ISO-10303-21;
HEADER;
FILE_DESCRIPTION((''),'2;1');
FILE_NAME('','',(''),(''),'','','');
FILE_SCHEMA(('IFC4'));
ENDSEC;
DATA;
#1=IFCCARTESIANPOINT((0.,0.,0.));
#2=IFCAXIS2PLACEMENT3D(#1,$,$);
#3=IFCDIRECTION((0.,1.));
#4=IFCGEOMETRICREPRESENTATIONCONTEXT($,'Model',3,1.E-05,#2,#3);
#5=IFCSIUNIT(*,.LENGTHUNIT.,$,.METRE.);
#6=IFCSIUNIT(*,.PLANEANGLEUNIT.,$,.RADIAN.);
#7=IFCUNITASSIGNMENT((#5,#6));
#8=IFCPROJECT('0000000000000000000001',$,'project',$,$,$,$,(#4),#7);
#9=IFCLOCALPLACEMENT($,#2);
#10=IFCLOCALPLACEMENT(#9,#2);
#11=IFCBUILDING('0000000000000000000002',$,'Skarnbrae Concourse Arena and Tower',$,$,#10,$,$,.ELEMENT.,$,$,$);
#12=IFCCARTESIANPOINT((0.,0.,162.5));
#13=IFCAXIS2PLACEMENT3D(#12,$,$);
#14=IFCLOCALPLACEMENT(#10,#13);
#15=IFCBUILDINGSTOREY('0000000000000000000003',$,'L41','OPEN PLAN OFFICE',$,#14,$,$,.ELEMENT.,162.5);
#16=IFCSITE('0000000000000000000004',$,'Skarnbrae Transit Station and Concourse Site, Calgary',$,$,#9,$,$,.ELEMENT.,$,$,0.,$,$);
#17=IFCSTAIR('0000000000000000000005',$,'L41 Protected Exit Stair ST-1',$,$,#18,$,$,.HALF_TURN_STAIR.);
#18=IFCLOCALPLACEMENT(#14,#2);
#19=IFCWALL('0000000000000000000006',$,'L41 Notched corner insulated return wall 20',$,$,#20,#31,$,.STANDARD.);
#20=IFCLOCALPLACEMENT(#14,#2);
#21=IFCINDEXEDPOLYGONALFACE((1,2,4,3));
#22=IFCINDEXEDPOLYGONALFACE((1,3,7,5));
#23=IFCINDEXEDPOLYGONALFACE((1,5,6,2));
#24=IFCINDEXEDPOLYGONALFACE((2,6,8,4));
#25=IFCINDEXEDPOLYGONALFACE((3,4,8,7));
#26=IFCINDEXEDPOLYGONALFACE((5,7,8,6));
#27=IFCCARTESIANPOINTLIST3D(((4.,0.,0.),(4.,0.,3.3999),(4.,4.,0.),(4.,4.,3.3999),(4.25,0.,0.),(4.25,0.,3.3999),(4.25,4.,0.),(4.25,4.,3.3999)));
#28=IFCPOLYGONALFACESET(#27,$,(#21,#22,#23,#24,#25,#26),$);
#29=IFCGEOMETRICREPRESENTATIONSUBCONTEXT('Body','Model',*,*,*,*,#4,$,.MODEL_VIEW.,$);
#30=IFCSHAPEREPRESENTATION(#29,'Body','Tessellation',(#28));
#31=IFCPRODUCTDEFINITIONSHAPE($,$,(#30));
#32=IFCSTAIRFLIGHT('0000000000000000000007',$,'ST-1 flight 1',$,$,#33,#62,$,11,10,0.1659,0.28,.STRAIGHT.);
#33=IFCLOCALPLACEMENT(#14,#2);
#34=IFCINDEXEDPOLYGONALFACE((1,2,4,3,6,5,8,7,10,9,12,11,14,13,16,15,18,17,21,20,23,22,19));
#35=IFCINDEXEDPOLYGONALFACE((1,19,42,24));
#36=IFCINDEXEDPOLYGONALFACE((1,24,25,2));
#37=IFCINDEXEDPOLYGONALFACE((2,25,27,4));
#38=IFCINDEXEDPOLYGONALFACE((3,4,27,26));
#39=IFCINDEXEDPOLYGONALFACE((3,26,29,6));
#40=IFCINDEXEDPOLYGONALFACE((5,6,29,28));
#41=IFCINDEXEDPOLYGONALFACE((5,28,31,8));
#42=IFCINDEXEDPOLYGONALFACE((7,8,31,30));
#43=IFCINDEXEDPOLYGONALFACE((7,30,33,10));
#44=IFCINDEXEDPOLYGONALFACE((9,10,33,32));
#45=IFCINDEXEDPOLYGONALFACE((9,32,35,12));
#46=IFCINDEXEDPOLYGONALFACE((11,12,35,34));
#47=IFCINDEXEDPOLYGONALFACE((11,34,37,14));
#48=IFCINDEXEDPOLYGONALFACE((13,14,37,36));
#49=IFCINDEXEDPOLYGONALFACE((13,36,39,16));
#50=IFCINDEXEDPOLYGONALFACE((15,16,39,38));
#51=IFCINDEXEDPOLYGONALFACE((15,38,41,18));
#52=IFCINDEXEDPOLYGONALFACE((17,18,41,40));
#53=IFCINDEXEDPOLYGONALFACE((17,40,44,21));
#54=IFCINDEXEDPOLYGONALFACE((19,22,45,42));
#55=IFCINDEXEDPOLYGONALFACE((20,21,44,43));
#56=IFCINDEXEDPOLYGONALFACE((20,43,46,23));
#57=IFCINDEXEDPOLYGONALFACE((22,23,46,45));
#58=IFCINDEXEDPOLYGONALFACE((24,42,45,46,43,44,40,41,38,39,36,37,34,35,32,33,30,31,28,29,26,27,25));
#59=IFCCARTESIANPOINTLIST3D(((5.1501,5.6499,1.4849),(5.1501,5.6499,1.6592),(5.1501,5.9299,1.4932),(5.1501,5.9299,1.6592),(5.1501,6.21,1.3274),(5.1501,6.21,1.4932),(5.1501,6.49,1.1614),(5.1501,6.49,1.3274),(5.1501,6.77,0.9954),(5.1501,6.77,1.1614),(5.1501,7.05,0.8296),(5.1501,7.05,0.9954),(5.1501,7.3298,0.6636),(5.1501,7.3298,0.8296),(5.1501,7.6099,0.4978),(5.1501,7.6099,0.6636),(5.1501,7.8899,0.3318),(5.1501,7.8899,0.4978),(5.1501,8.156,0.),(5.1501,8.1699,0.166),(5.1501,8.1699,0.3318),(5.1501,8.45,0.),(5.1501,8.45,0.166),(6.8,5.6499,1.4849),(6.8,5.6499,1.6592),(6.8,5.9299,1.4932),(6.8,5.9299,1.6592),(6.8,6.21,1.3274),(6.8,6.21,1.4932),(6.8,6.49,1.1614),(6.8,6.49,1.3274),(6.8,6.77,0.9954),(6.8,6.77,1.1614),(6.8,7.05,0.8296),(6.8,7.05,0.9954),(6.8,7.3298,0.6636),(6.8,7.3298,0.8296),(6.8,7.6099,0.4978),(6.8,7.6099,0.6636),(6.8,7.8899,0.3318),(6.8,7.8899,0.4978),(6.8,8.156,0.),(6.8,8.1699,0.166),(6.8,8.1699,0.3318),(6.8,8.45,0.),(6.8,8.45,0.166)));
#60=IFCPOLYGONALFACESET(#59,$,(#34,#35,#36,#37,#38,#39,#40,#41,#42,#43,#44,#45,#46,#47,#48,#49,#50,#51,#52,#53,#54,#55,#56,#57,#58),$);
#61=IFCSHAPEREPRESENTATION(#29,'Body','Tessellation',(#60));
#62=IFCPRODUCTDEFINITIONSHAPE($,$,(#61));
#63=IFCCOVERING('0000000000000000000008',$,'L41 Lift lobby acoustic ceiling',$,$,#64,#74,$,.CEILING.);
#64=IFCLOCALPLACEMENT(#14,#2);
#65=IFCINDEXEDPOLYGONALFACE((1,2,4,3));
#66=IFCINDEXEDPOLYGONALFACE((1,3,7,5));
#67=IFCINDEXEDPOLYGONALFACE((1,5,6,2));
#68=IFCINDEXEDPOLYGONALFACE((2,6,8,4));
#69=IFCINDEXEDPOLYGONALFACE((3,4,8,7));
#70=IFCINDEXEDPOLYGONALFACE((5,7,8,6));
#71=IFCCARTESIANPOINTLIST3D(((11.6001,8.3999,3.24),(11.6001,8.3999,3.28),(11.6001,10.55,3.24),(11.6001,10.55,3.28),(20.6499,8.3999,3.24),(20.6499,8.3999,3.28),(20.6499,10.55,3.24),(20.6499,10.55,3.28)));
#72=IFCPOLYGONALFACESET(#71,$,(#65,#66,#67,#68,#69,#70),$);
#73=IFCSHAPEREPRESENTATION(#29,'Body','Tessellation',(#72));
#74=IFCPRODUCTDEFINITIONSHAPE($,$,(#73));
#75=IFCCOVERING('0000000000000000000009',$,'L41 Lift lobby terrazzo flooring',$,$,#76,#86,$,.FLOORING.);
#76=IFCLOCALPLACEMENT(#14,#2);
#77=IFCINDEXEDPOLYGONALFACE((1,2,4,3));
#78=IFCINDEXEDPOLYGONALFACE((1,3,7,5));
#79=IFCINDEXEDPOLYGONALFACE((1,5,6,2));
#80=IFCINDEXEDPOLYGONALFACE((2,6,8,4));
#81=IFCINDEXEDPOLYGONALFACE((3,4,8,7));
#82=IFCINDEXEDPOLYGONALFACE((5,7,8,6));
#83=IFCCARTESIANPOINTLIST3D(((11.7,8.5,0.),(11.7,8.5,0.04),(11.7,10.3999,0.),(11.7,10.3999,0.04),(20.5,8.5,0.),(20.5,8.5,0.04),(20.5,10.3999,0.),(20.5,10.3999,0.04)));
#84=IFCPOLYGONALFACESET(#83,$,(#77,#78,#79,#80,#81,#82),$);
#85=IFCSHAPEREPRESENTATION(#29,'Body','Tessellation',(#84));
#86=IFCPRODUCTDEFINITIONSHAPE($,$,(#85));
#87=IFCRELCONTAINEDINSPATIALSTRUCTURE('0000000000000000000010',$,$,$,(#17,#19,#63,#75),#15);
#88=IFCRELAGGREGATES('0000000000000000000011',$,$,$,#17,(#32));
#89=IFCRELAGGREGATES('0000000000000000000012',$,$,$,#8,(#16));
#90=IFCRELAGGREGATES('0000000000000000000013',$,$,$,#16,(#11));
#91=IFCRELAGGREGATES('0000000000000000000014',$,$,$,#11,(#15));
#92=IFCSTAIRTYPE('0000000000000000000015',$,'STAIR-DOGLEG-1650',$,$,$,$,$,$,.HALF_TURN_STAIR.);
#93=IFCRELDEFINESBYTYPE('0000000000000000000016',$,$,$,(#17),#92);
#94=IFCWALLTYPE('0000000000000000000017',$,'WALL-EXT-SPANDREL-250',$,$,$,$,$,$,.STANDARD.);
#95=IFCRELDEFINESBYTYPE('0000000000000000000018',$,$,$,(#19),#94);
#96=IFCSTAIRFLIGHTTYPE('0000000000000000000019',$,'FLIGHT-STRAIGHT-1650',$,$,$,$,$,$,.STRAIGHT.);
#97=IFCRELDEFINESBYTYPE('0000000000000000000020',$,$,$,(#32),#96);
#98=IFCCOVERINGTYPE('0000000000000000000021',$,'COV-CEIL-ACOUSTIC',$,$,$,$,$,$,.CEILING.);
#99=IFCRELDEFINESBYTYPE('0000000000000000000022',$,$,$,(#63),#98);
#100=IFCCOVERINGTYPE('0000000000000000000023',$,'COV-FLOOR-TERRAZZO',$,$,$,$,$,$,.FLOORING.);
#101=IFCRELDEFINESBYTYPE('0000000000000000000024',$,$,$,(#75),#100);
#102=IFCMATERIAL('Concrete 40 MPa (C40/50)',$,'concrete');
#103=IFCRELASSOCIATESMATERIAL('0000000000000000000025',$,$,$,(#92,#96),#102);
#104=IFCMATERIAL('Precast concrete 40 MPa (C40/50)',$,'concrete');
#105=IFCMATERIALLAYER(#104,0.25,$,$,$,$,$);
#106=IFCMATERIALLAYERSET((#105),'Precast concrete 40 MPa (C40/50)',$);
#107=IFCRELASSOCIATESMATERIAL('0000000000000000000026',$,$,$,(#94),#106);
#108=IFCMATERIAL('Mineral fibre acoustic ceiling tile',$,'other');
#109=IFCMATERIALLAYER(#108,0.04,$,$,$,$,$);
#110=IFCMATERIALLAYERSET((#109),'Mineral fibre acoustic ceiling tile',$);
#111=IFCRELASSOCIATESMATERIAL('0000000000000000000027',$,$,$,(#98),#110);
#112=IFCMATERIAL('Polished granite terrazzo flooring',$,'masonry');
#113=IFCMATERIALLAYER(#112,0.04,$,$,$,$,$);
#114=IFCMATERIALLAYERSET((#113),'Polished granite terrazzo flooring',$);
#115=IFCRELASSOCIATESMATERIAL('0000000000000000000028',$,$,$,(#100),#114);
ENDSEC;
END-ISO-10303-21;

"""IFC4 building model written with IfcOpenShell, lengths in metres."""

from ifc_helpers import new_model, si_unit, direction, frame, frame_2d, origin, place, context, subcontext, project, spatial, polyline, rectangle, outline, extrude, source, transform, mapped, material, layer, layer_set, type_object, element, aggregate, save


model = new_model("IFC4")

# Units and contexts
model_context = context("Model", 3, precision=1e-05, world=origin(), true_north=direction((0.0, 1.0)))
body_context = subcontext(model_context, "Body", "Model", "MODEL_VIEW")
ifc_project = project(units=[si_unit("LENGTHUNIT", "METRE"), si_unit("PLANEANGLEUNIT", "RADIAN")], contexts=[model_context])

# Site, building, storey
site_placement = place(None, origin())
site = spatial("IfcSite", under=ifc_project, at=site_placement, Name="Skarnbrae Transit Station and Concourse Site, Calgary", CompositionType="ELEMENT", RefElevation=0.0)
building_placement = place(site_placement, origin())
building = spatial("IfcBuilding", under=site, at=building_placement, Name="Skarnbrae Concourse Arena and Tower", CompositionType="ELEMENT")
storey_placement = place(building_placement, frame((0.0, 0.0, 162.5)))
storey = spatial("IfcBuildingStorey", under=building, at=storey_placement, Name="L41", Description="OPEN PLAN OFFICE", CompositionType="ELEMENT", Elevation=162.5)

# Stair
ifc_material_1 = material(Name="Concrete 40 MPa (C40/50)", Category="concrete")
stair_type = type_object("IfcStairType", Name="STAIR-DOGLEG-1650", PredefinedType="HALF_TURN_STAIR", material=ifc_material_1)
stair_1_placement = place(storey_placement, origin())
stair_1 = element("IfcStair", 1, at=stair_1_placement, inside=storey, type_object=stair_type, Name="L41 Protected Exit Stair ST-1", PredefinedType="HALF_TURN_STAIR")

# Wall
ifc_material_2 = material(Name="Precast concrete 40 MPa (C40/50)", Category="concrete")
ifc_layer_1 = layer(ifc_material_2, 0.25)
ifc_layer_set_1 = layer_set([ifc_layer_1], Name="Precast concrete 40 MPa (C40/50)")
wall_type_1 = type_object("IfcWallType", Name="WALL-EXT-SPANDREL-250", PredefinedType="STANDARD", material=ifc_layer_set_1)
shared_shape_1 = source(origin(), body_context, "Body", "SweptSolid", [
    extrude(rectangle(XDim=4.0, YDim=0.25, at=frame_2d((2.0, 0.0))), origin(), (0.0, 0.0, 1.0), 3.3999),
])
for number, where, z_axis, x_axis, name in (
    (2, (4.125, 4.0, 0.0), (0.0, 0.0, 1.0), (0.0, -1.0, 0.0), "L41 Notched corner insulated return wall 20"),
):
    element("IfcWall", number, at=place(storey_placement, frame(where, z_axis=z_axis, x_axis=x_axis)), inside=storey, type_object=wall_type_1, Name=name, PredefinedType="STANDARD", context=body_context, shape_type="MappedRepresentation", body=[
        mapped(shared_shape_1, transform((0.0, 0.0, 0.0))),
    ])

# Stair flight
stair_flight_type = type_object("IfcStairFlightType", Name="FLIGHT-STRAIGHT-1650", PredefinedType="STRAIGHT", material=ifc_material_1)
shared_shape_2 = source(origin(), body_context, "Body", "SweptSolid", [
    extrude(outline(polyline([(0.0, 0.0), (0.0, 0.166), (0.28, 0.166), (0.28, 0.3318), (0.5601, 0.3318), (0.5601, 0.4978), (0.8401, 0.4978), (0.8401, 0.6636), (1.1201, 0.6636), (1.1201, 0.8296), (1.3999, 0.8296), (1.3999, 0.9954), (1.6799, 0.9954), (1.6799, 1.1614), (1.96, 1.1614), (1.96, 1.3274), (2.24, 1.3274), (2.24, 1.4932), (2.52, 1.4932), (2.52, 1.6592), (2.8, 1.6592), (2.8, 1.825), (2.8, 1.4849), (0.2939, 0.0), (0.0, 0.0)])), frame((0.0, 0.825, 0.0), z_axis=(0.0, -1.0, 0.0), x_axis=(1.0, 0.0, 0.0)), (0.0, 0.0, 1.0), 1.6499),
])
stair_flight_placement = place(storey_placement, frame((5.9751, 8.45, 0.0), z_axis=(0.0, 0.0, 1.0), x_axis=(0.0, -1.0, 0.0)))
stair_flight = element("IfcStairFlight", 3, at=stair_flight_placement, type_object=stair_flight_type, Name="ST-1 flight 1", NumberOfRisers=11, NumberOfTreads=10, PredefinedType="STRAIGHT", RiserHeight=0.1659, TreadLength=0.28, context=body_context, shape_type="MappedRepresentation", body=[
    mapped(shared_shape_2, transform((0.0, 0.0, 0.0))),
])
aggregate(stair_1, [stair_flight])

# Coverings
ifc_material_3 = material(Name="Mineral fibre acoustic ceiling tile", Category="other")
ifc_layer_2 = layer(ifc_material_3, 0.04)
ifc_layer_set_2 = layer_set([ifc_layer_2], Name="Mineral fibre acoustic ceiling tile")
covering_type_1 = type_object("IfcCoveringType", Name="COV-CEIL-ACOUSTIC", PredefinedType="CEILING", material=ifc_layer_set_2)
covering_1_placement = place(storey_placement, frame((0.0, 0.0, 3.24)))
element("IfcCovering", 4, at=covering_1_placement, inside=storey, type_object=covering_type_1, Name="L41 Lift lobby acoustic ceiling", PredefinedType="CEILING", context=body_context, shape_type="SweptSolid", body=[
    extrude(outline(polyline([(11.6001, 8.3999), (20.6499, 8.3999), (20.6499, 10.55), (11.6001, 10.55), (11.6001, 8.3999)])), origin(), (0.0, 0.0, 1.0), 0.04),
])
ifc_material_4 = material(Name="Polished granite terrazzo flooring", Category="masonry")
ifc_layer_3 = layer(ifc_material_4, 0.04)
ifc_layer_set_3 = layer_set([ifc_layer_3], Name="Polished granite terrazzo flooring")
covering_type_2 = type_object("IfcCoveringType", Name="COV-FLOOR-TERRAZZO", PredefinedType="FLOORING", material=ifc_layer_set_3)
covering_2_placement = place(storey_placement, origin())
element("IfcCovering", 5, at=covering_2_placement, inside=storey, type_object=covering_type_2, Name="L41 Lift lobby terrazzo flooring", PredefinedType="FLOORING", context=body_context, shape_type="SweptSolid", body=[
    extrude(outline(polyline([(11.7, 8.5), (20.5, 8.5), (20.5, 10.3999), (11.7, 10.3999), (11.7, 8.5)])), origin(), (0.0, 0.0, 1.0), 0.04),
])

save(model, "model.ifc")
